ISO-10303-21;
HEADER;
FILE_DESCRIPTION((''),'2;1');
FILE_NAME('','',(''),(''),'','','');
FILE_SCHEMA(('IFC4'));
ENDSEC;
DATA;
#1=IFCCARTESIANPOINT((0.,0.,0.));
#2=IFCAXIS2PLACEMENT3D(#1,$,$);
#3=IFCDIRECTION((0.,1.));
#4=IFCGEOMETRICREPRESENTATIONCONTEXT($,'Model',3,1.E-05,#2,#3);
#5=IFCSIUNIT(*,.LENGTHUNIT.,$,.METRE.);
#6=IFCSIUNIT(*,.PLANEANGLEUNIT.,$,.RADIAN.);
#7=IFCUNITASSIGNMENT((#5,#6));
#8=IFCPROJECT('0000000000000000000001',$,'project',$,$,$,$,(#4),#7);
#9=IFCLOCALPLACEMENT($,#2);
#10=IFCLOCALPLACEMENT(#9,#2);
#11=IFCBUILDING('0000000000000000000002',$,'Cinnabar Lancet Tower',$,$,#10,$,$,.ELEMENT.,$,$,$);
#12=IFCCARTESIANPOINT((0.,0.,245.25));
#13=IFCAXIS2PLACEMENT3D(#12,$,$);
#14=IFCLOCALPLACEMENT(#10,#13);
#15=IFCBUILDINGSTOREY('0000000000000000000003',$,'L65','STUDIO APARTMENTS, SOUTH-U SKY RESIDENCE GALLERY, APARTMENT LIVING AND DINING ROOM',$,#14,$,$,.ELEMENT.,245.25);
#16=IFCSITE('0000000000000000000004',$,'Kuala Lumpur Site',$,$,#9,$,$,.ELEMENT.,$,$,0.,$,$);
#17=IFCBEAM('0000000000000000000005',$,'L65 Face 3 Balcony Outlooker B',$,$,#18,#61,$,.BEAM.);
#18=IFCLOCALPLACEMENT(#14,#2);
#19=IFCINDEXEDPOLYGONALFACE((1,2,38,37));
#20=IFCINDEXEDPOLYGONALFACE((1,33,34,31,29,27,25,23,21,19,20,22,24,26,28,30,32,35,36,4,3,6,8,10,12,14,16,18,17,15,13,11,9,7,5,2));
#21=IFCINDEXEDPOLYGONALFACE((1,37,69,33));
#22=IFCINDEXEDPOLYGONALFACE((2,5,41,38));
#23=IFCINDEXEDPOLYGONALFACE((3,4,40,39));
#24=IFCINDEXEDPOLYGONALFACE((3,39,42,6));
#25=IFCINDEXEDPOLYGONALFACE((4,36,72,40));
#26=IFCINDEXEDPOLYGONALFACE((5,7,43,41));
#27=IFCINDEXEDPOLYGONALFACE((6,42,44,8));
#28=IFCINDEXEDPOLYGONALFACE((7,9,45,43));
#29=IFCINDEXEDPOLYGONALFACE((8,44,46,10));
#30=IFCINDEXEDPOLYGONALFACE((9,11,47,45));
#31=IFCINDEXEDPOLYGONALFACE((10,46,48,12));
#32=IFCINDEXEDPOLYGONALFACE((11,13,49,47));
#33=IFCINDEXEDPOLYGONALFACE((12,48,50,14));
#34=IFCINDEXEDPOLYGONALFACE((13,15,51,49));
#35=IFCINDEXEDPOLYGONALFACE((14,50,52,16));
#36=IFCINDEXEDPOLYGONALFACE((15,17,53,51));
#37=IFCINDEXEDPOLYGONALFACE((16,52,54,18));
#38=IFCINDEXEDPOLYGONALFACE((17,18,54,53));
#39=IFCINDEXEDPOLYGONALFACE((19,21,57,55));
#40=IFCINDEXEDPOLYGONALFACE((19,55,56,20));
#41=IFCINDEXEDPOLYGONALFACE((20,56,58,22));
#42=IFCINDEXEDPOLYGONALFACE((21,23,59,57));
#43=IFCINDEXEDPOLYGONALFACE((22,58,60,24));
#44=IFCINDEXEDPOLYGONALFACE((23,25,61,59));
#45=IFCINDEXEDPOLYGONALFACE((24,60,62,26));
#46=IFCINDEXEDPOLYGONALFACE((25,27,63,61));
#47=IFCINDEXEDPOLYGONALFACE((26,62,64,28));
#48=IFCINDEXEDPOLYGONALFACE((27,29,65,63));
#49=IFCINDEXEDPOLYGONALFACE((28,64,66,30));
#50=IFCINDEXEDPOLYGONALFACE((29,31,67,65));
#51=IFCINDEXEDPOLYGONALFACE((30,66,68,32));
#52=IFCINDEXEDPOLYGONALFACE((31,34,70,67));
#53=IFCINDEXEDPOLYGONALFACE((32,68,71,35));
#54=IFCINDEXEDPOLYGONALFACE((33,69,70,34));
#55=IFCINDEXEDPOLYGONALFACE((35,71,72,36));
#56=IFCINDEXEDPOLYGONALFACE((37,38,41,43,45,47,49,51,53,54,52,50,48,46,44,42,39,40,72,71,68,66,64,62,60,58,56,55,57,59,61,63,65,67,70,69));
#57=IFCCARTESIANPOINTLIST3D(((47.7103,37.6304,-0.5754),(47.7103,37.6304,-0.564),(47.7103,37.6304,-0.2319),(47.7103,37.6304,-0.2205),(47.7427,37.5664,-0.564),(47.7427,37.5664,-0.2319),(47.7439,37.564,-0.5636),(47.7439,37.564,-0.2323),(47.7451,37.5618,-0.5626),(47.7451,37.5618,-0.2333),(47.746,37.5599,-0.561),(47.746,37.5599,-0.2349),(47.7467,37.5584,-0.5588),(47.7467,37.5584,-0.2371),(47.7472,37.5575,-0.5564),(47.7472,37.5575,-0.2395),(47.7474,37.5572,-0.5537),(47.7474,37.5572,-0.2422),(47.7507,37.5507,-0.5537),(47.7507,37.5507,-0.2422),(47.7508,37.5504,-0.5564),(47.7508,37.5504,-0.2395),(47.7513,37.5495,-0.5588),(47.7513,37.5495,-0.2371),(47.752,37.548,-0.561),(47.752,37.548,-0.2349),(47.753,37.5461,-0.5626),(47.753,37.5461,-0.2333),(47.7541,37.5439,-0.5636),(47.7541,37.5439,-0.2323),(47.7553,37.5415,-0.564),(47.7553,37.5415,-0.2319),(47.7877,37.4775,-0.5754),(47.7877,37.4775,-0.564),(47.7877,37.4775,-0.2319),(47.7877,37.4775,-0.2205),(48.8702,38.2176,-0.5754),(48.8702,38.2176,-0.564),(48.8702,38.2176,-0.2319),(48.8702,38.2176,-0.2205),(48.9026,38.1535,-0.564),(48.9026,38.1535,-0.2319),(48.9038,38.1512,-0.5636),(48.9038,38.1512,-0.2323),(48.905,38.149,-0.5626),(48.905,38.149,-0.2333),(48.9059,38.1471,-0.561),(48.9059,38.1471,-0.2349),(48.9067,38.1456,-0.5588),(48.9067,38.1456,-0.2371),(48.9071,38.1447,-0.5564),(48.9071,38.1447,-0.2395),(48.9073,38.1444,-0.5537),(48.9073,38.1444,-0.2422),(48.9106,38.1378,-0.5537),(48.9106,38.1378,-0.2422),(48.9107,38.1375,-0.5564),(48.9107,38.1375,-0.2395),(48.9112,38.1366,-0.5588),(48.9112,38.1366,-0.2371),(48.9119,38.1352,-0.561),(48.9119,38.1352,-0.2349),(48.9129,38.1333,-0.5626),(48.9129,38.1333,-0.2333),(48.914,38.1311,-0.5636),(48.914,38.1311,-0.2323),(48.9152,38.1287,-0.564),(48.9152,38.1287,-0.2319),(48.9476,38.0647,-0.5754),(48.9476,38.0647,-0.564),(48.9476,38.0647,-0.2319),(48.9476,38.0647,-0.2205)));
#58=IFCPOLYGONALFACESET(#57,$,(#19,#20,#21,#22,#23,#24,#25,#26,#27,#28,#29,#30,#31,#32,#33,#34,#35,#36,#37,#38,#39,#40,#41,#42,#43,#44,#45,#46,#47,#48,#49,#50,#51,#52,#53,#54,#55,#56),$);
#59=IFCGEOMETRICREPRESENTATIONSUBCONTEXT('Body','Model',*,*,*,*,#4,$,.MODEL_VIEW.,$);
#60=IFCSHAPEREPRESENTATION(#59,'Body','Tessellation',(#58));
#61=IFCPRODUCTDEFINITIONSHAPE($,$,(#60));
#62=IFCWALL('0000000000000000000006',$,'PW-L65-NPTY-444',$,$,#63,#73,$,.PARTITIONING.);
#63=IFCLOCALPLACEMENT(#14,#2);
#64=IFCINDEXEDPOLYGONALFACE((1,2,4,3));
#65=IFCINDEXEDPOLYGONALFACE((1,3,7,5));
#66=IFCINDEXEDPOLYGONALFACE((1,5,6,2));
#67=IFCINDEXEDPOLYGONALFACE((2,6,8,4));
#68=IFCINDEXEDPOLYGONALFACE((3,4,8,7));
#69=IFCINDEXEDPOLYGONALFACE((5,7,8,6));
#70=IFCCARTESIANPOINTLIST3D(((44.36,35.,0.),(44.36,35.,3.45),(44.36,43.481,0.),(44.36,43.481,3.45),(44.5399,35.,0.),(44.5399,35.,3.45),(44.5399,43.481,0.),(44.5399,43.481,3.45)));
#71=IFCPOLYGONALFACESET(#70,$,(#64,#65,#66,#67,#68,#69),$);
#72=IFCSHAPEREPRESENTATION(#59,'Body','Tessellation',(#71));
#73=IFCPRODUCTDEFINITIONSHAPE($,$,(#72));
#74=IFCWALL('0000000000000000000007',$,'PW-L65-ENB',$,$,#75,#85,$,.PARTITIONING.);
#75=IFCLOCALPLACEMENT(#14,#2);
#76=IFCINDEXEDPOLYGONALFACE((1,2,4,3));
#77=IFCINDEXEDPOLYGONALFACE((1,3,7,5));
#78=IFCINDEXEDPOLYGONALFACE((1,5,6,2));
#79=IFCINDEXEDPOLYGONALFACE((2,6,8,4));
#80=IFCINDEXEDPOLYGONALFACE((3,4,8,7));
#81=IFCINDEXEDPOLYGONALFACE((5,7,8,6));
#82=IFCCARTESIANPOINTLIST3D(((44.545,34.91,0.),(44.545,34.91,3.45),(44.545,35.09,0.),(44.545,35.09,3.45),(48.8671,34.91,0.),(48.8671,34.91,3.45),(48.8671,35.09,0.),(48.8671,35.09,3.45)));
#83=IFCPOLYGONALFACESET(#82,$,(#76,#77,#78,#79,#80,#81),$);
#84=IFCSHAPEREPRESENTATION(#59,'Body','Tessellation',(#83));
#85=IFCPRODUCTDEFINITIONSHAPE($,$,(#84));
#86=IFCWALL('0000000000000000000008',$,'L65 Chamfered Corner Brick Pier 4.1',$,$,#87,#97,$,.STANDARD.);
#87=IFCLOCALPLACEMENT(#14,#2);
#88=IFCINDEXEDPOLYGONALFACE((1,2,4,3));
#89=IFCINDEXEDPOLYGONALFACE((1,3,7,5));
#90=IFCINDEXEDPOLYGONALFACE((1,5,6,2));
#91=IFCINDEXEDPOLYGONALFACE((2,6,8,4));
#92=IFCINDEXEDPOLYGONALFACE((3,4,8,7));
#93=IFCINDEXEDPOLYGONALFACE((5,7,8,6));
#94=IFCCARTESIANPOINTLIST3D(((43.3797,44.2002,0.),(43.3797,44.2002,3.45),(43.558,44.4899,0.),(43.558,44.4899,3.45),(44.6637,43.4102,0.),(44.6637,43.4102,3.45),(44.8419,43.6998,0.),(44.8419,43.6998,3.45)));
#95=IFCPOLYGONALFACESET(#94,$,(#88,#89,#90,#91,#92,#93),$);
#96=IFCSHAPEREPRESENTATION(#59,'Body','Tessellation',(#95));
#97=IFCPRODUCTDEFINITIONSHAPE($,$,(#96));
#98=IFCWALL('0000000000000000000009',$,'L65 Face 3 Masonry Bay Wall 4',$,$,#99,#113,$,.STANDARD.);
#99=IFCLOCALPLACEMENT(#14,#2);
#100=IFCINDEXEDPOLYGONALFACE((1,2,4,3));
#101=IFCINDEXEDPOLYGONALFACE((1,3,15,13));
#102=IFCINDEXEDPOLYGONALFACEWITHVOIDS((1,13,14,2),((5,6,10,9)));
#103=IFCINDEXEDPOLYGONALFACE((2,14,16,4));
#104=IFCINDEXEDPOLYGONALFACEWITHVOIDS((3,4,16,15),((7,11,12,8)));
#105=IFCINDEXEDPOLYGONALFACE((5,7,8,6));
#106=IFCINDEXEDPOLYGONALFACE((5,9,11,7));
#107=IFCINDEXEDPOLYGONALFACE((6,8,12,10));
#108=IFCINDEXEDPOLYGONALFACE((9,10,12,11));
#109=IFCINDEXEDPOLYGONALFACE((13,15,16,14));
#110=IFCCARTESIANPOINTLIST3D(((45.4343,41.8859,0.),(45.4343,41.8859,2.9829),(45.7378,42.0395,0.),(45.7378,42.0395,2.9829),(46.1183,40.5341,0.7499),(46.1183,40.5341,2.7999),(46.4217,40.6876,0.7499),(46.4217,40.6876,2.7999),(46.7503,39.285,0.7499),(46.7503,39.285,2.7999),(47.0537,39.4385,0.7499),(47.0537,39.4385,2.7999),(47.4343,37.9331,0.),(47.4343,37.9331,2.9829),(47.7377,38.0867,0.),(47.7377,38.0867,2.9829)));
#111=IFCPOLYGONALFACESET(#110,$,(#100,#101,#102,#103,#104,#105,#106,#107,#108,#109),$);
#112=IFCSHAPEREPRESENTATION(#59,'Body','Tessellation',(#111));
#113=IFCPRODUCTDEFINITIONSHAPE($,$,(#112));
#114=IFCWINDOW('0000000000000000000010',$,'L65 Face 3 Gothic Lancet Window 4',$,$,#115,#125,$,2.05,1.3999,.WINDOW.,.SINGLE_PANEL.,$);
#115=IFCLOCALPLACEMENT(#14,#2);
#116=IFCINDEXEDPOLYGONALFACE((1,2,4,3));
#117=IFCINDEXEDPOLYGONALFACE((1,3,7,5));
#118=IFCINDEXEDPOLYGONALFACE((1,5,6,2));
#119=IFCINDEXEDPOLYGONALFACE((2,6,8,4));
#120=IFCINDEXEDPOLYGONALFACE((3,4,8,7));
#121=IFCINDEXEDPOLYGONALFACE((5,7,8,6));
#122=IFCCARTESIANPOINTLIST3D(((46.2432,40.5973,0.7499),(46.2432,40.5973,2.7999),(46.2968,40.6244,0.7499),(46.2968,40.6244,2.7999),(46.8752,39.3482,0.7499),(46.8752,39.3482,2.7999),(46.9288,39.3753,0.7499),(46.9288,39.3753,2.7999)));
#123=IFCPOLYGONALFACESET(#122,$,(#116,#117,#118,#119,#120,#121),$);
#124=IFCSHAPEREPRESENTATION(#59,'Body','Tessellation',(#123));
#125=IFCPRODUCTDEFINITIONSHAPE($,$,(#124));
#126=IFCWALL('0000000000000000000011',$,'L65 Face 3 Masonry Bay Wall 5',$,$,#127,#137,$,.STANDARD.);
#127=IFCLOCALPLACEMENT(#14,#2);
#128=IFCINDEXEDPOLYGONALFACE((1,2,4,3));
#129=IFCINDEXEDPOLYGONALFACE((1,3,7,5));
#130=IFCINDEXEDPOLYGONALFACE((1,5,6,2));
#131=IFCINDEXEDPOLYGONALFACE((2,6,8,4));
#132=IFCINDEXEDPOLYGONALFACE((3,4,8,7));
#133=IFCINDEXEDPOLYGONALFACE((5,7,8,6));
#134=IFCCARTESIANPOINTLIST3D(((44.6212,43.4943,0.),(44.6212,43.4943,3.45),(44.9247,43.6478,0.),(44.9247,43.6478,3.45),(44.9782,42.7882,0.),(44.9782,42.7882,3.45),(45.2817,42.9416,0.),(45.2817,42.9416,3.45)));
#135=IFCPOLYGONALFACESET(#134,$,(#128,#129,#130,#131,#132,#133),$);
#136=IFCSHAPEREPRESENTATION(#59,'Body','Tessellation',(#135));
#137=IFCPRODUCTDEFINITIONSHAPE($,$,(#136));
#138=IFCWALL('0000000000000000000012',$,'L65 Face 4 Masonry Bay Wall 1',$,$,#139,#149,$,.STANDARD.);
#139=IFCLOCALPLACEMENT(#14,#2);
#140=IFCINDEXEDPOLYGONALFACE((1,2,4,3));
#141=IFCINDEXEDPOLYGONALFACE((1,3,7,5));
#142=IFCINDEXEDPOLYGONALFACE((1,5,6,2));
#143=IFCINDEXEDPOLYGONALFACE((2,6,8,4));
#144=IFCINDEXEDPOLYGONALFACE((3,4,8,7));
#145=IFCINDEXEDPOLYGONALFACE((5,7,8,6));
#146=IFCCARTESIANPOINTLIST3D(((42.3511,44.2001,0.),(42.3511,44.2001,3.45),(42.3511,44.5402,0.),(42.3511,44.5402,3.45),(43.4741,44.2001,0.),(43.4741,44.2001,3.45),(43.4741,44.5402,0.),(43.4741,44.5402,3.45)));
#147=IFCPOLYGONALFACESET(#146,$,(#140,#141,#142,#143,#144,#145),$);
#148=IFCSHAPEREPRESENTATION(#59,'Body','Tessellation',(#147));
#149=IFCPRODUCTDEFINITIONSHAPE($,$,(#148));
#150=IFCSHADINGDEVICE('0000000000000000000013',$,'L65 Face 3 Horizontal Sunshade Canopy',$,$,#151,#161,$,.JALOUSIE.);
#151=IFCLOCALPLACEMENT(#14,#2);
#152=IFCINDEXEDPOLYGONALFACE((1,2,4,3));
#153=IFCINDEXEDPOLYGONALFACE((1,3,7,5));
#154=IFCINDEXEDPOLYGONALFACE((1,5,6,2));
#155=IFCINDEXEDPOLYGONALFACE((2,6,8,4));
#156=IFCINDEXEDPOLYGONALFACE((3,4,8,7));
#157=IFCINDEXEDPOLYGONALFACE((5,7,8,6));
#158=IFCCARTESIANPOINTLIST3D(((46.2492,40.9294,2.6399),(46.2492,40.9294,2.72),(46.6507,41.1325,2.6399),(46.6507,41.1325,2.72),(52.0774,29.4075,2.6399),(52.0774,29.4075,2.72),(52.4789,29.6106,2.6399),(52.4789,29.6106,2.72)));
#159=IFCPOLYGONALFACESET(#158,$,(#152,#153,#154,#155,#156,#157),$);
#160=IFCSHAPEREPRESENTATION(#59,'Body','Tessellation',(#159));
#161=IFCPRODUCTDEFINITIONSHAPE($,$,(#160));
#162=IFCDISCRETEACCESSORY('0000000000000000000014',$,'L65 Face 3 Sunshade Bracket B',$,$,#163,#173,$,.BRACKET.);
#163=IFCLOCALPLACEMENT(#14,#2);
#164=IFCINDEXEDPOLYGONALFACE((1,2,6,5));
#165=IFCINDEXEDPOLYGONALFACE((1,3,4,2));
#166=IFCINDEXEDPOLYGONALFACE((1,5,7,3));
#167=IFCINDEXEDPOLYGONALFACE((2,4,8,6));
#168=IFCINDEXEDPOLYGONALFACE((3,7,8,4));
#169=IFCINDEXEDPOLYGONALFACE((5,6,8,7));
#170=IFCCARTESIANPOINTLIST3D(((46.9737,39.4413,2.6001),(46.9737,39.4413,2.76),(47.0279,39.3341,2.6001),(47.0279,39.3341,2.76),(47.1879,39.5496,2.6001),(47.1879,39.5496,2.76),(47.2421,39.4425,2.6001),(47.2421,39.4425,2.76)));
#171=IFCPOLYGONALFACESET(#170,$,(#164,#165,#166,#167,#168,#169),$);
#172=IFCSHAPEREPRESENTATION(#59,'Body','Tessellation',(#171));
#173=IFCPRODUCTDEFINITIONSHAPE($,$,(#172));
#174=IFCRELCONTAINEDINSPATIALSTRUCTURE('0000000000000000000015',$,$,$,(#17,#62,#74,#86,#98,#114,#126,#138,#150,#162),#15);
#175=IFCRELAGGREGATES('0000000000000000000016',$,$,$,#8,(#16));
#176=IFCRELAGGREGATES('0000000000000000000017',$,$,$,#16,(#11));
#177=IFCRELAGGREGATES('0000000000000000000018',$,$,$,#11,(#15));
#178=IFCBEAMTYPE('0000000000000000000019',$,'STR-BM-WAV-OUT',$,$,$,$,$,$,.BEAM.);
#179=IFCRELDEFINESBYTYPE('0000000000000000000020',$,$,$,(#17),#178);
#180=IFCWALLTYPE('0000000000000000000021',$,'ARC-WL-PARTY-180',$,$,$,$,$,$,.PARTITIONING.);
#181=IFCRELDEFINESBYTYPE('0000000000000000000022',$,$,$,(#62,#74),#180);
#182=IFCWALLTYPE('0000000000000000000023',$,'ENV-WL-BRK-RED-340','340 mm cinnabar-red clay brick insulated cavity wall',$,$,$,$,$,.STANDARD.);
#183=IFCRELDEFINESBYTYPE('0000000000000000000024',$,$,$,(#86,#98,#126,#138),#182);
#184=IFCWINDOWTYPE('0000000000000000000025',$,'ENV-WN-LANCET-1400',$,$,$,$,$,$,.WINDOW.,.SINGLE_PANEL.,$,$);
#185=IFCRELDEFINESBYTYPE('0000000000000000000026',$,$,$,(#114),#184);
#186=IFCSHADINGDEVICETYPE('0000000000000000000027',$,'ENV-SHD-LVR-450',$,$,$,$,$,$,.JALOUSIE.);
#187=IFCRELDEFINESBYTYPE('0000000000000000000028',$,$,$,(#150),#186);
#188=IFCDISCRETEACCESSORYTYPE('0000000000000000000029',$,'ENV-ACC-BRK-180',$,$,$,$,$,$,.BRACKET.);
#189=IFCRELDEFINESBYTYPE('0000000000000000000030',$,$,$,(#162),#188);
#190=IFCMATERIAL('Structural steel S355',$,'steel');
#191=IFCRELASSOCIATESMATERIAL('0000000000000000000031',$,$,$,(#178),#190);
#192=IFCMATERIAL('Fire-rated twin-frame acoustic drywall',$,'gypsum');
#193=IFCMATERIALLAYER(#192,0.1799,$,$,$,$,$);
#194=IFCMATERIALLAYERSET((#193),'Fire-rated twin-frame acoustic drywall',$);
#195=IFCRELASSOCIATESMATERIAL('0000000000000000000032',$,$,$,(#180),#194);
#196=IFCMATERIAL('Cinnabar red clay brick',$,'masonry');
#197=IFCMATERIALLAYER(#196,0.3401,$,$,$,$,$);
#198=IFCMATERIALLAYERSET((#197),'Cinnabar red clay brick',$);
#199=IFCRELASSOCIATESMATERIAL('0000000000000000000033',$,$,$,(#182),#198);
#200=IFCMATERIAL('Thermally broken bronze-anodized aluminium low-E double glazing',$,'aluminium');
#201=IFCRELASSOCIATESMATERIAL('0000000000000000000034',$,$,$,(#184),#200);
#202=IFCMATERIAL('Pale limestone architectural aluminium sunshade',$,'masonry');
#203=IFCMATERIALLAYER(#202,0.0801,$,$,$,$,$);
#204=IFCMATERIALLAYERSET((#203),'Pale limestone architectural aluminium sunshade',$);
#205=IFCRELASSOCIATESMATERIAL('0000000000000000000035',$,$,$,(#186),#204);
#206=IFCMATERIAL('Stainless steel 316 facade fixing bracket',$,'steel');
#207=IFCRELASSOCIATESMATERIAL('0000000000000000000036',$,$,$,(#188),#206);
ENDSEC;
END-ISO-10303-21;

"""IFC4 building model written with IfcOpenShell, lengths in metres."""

from ifc_helpers import new_model, si_unit, direction, frame, frame_2d, origin, origin_2d, place, context, subcontext, project, spatial, rectangle, i_section, extrude, material, layer, layer_set, material_profile, profile_set, type_object, element, fill, save


model = new_model("IFC4")

# Units and contexts
model_context = context("Model", 3, precision=1e-05, world=origin(), true_north=direction((0.0, 1.0)))
body_context = subcontext(model_context, "Body", "Model", "MODEL_VIEW")
ifc_project = project(units=[si_unit("LENGTHUNIT", "METRE"), si_unit("PLANEANGLEUNIT", "RADIAN")], contexts=[model_context])

# Site, building, storey
site_placement = place(None, origin())
site = spatial("IfcSite", under=ifc_project, at=site_placement, Name="Kuala Lumpur Site", CompositionType="ELEMENT", RefElevation=0.0)
building_placement = place(site_placement, origin())
building = spatial("IfcBuilding", under=site, at=building_placement, Name="Cinnabar Lancet Tower", CompositionType="ELEMENT")
storey_placement = place(building_placement, frame((0.0, 0.0, 245.25)))
storey = spatial("IfcBuildingStorey", under=building, at=storey_placement, Name="L65", Description="STUDIO APARTMENTS, SOUTH-U SKY RESIDENCE GALLERY, APARTMENT LIVING AND DINING ROOM", CompositionType="ELEMENT", Elevation=245.25)

# Beam
ifc_material_1 = material(Name="Structural steel S355", Category="steel")
ifc_material_profile_1 = material_profile(ifc_material_1, i_section(OverallWidth=0.1714, OverallDepth=0.355, WebThickness=0.0073, FlangeThickness=0.0115, FilletRadius=0.0103, at=origin_2d()), Name="UKB 356x171x51")
ifc_profile_set_1 = profile_set([ifc_material_profile_1], Name="Structural steel S355")
beam_type_1 = type_object("IfcBeamType", Name="STR-BM-WAV-OUT", PredefinedType="BEAM", material=ifc_profile_set_1)
beam_1_placement = place(storey_placement, frame((47.749, 37.554, -0.3979), z_axis=(0.8922, 0.45164, 0.0), x_axis=(-0.45164, 0.8922, 0.0)))
element("IfcBeam", 1, at=beam_1_placement, inside=storey, type_object=beam_type_1, Name="L65 Face 3 Balcony Outlooker B", PredefinedType="BEAM", context=body_context, shape_type="SweptSolid", body=[
    extrude(i_section(OverallWidth=0.1714, OverallDepth=0.355, WebThickness=0.0073, FlangeThickness=0.0115, FilletRadius=0.0103, at=origin_2d()), origin(), (0.0, 0.0, 1.0), 1.3),
])

# Walls
ifc_material_2 = material(Name="Fire-rated twin-frame acoustic drywall", Category="gypsum")
ifc_layer_1 = layer(ifc_material_2, 0.1799)
ifc_layer_set_1 = layer_set([ifc_layer_1], Name="Fire-rated twin-frame acoustic drywall")
wall_type_1 = type_object("IfcWallType", Name="ARC-WL-PARTY-180", PredefinedType="PARTITIONING", material=ifc_layer_set_1)
wall_1_placement = place(storey_placement, frame((44.45, 35.0, 0.0), z_axis=(0.0, 0.0, 1.0), x_axis=(0.0, 1.0, 0.0)))
element("IfcWall", 2, at=wall_1_placement, inside=storey, type_object=wall_type_1, Name="PW-L65-NPTY-444", PredefinedType="PARTITIONING", context=body_context, shape_type="SweptSolid", body=[
    extrude(rectangle(XDim=8.481, YDim=0.1799, at=frame_2d((4.2405, 0.0))), origin(), (0.0, 0.0, 1.0), 3.45),
])
wall_2_placement = place(storey_placement, frame((44.5449, 35.0, 0.0), z_axis=(0.0, 0.0, 1.0), x_axis=(1.0, 0.0, 0.0)))
element("IfcWall", 3, at=wall_2_placement, inside=storey, type_object=wall_type_1, Name="PW-L65-ENB", PredefinedType="PARTITIONING", context=body_context, shape_type="SweptSolid", body=[
    extrude(rectangle(XDim=4.322, YDim=0.1799, at=frame_2d((2.1611, 0.0))), origin(), (0.0, 0.0, 1.0), 3.45),
])
ifc_material_3 = material(Name="Cinnabar red clay brick", Category="masonry")
ifc_layer_2 = layer(ifc_material_3, 0.3401)
ifc_layer_set_2 = layer_set([ifc_layer_2], Name="Cinnabar red clay brick")
wall_type_2 = type_object("IfcWallType", Name="ENV-WL-BRK-RED-340", Description="340 mm cinnabar-red clay brick insulated cavity wall", PredefinedType="STANDARD", material=ifc_layer_set_2)
wall_3_placement = place(storey_placement, frame((44.7529, 43.5549, 0.0), z_axis=(0.0, 0.0, 1.0), x_axis=(-0.851681, 0.524061, 0.0)))
element("IfcWall", 4, at=wall_3_placement, inside=storey, type_object=wall_type_2, Name="L65 Chamfered Corner Brick Pier 4.1", PredefinedType="STANDARD", context=body_context, shape_type="SweptSolid", body=[
    extrude(rectangle(XDim=1.5076, YDim=0.3401, at=frame_2d((0.7539, 0.0))), origin(), (0.0, 0.0, 1.0), 3.45),
])

# Wall, opening, window
wall_4_placement = place(storey_placement, frame((47.5859, 38.01, 0.0), z_axis=(0.0, 0.0, 1.0), x_axis=(-0.451463, 0.89229, 0.0)))
wall_4 = element("IfcWall", 5, at=wall_4_placement, inside=storey, type_object=wall_type_2, Name="L65 Face 3 Masonry Bay Wall 4", PredefinedType="STANDARD", context=body_context, shape_type="SweptSolid", body=[
    extrude(rectangle(XDim=4.4299, YDim=0.3401, at=frame_2d((2.2148, 0.0))), origin(), (0.0, 0.0, 1.0), 2.9829),
])
opening_placement = place(wall_4_placement, frame((1.5149, 0.0, 0.75)))
opening = element("IfcOpeningElement", 6, at=opening_placement, cuts=wall_4, PredefinedType="OPENING", context=body_context, shape_type="SweptSolid", body=[
    extrude(rectangle(XDim=1.3999, YDim=2.05, at=frame_2d((0.7, 1.0249))), frame((0.0, 0.1799, 0.0), z_axis=(0.0, -1.0, 0.0), x_axis=(1.0, 0.0, 0.0)), (0.0, 0.0, 1.0), 0.3601),
])
ifc_material_4 = material(Name="Thermally broken bronze-anodized aluminium low-E double glazing", Category="aluminium")
window_type = type_object("IfcWindowType", Name="ENV-WN-LANCET-1400", PartitioningType="SINGLE_PANEL", PredefinedType="WINDOW", material=ifc_material_4)
window_placement = place(opening_placement, origin())
window = element("IfcWindow", 7, at=window_placement, inside=storey, type_object=window_type, Name="L65 Face 3 Gothic Lancet Window 4", OverallHeight=2.05, OverallWidth=1.3999, PartitioningType="SINGLE_PANEL", PredefinedType="WINDOW", context=body_context, shape_type="SweptSolid", body=[
    extrude(rectangle(XDim=1.3999, YDim=2.05, at=frame_2d((0.7, 1.0249))), frame((0.0, 0.03, 0.0), z_axis=(0.0, -1.0, 0.0), x_axis=(1.0, 0.0, 0.0)), (0.0, 0.0, 1.0), 0.0601),
])
fill(opening, window)

# Walls
wall_5_placement = place(storey_placement, frame((45.1299, 42.865, 0.0), z_axis=(0.0, 0.0, 1.0), x_axis=(-0.451159, 0.892443, 0.0)))
element("IfcWall", 8, at=wall_5_placement, inside=storey, type_object=wall_type_2, Name="L65 Face 3 Masonry Bay Wall 5", PredefinedType="STANDARD", context=body_context, shape_type="SweptSolid", body=[
    extrude(rectangle(XDim=0.7913, YDim=0.3401, at=frame_2d((0.3955, 0.0))), origin(), (0.0, 0.0, 1.0), 3.45),
])
wall_6_placement = place(storey_placement, frame((43.4741, 44.3701, 0.0), z_axis=(0.0, 0.0, 1.0), x_axis=(-1.0, 0.0, 0.0)))
element("IfcWall", 9, at=wall_6_placement, inside=storey, type_object=wall_type_2, Name="L65 Face 4 Masonry Bay Wall 1", PredefinedType="STANDARD", context=body_context, shape_type="SweptSolid", body=[
    extrude(rectangle(XDim=1.123, YDim=0.3401, at=frame_2d((0.5615, 0.0))), origin(), (0.0, 0.0, 1.0), 3.45),
])

# Shading device
ifc_material_5 = material(Name="Pale limestone architectural aluminium sunshade", Category="masonry")
ifc_layer_3 = layer(ifc_material_5, 0.0801)
ifc_layer_set_3 = layer_set([ifc_layer_3], Name="Pale limestone architectural aluminium sunshade")
shading_device_type = type_object("IfcShadingDeviceType", Name="ENV-SHD-LVR-450", PredefinedType="JALOUSIE", material=ifc_layer_set_3)
shading_device_placement = place(storey_placement, frame((49.364, 35.27, 2.6399), z_axis=(0.0, 0.0, 1.0), x_axis=(-0.451376, 0.892334, 0.0)))
element("IfcShadingDevice", 10, at=shading_device_placement, inside=storey, type_object=shading_device_type, Name="L65 Face 3 Horizontal Sunshade Canopy", PredefinedType="JALOUSIE", context=body_context, shape_type="SweptSolid", body=[
    extrude(rectangle(XDim=12.9121, YDim=0.45, at=origin_2d()), origin(), (0.0, 0.0, 1.0), 0.0801),
])

# Discrete accessory
ifc_material_6 = material(Name="Stainless steel 316 facade fixing bracket", Category="steel")
discrete_accessory_type = type_object("IfcDiscreteAccessoryType", Name="ENV-ACC-BRK-180", PredefinedType="BRACKET", material=ifc_material_6)
discrete_accessory_placement = place(storey_placement, frame((47.1079, 39.4419, 2.6001), z_axis=(0.0, 0.0, 1.0), x_axis=(-0.451376, 0.892334, 0.0)))
element("IfcDiscreteAccessory", 11, at=discrete_accessory_placement, inside=storey, type_object=discrete_accessory_type, Name="L65 Face 3 Sunshade Bracket B", PredefinedType="BRACKET", context=body_context, shape_type="SweptSolid", body=[
    extrude(rectangle(XDim=0.1201, YDim=0.24, at=origin_2d()), origin(), (0.0, 0.0, 1.0), 0.1599),
])

save(model, "model.ifc")
